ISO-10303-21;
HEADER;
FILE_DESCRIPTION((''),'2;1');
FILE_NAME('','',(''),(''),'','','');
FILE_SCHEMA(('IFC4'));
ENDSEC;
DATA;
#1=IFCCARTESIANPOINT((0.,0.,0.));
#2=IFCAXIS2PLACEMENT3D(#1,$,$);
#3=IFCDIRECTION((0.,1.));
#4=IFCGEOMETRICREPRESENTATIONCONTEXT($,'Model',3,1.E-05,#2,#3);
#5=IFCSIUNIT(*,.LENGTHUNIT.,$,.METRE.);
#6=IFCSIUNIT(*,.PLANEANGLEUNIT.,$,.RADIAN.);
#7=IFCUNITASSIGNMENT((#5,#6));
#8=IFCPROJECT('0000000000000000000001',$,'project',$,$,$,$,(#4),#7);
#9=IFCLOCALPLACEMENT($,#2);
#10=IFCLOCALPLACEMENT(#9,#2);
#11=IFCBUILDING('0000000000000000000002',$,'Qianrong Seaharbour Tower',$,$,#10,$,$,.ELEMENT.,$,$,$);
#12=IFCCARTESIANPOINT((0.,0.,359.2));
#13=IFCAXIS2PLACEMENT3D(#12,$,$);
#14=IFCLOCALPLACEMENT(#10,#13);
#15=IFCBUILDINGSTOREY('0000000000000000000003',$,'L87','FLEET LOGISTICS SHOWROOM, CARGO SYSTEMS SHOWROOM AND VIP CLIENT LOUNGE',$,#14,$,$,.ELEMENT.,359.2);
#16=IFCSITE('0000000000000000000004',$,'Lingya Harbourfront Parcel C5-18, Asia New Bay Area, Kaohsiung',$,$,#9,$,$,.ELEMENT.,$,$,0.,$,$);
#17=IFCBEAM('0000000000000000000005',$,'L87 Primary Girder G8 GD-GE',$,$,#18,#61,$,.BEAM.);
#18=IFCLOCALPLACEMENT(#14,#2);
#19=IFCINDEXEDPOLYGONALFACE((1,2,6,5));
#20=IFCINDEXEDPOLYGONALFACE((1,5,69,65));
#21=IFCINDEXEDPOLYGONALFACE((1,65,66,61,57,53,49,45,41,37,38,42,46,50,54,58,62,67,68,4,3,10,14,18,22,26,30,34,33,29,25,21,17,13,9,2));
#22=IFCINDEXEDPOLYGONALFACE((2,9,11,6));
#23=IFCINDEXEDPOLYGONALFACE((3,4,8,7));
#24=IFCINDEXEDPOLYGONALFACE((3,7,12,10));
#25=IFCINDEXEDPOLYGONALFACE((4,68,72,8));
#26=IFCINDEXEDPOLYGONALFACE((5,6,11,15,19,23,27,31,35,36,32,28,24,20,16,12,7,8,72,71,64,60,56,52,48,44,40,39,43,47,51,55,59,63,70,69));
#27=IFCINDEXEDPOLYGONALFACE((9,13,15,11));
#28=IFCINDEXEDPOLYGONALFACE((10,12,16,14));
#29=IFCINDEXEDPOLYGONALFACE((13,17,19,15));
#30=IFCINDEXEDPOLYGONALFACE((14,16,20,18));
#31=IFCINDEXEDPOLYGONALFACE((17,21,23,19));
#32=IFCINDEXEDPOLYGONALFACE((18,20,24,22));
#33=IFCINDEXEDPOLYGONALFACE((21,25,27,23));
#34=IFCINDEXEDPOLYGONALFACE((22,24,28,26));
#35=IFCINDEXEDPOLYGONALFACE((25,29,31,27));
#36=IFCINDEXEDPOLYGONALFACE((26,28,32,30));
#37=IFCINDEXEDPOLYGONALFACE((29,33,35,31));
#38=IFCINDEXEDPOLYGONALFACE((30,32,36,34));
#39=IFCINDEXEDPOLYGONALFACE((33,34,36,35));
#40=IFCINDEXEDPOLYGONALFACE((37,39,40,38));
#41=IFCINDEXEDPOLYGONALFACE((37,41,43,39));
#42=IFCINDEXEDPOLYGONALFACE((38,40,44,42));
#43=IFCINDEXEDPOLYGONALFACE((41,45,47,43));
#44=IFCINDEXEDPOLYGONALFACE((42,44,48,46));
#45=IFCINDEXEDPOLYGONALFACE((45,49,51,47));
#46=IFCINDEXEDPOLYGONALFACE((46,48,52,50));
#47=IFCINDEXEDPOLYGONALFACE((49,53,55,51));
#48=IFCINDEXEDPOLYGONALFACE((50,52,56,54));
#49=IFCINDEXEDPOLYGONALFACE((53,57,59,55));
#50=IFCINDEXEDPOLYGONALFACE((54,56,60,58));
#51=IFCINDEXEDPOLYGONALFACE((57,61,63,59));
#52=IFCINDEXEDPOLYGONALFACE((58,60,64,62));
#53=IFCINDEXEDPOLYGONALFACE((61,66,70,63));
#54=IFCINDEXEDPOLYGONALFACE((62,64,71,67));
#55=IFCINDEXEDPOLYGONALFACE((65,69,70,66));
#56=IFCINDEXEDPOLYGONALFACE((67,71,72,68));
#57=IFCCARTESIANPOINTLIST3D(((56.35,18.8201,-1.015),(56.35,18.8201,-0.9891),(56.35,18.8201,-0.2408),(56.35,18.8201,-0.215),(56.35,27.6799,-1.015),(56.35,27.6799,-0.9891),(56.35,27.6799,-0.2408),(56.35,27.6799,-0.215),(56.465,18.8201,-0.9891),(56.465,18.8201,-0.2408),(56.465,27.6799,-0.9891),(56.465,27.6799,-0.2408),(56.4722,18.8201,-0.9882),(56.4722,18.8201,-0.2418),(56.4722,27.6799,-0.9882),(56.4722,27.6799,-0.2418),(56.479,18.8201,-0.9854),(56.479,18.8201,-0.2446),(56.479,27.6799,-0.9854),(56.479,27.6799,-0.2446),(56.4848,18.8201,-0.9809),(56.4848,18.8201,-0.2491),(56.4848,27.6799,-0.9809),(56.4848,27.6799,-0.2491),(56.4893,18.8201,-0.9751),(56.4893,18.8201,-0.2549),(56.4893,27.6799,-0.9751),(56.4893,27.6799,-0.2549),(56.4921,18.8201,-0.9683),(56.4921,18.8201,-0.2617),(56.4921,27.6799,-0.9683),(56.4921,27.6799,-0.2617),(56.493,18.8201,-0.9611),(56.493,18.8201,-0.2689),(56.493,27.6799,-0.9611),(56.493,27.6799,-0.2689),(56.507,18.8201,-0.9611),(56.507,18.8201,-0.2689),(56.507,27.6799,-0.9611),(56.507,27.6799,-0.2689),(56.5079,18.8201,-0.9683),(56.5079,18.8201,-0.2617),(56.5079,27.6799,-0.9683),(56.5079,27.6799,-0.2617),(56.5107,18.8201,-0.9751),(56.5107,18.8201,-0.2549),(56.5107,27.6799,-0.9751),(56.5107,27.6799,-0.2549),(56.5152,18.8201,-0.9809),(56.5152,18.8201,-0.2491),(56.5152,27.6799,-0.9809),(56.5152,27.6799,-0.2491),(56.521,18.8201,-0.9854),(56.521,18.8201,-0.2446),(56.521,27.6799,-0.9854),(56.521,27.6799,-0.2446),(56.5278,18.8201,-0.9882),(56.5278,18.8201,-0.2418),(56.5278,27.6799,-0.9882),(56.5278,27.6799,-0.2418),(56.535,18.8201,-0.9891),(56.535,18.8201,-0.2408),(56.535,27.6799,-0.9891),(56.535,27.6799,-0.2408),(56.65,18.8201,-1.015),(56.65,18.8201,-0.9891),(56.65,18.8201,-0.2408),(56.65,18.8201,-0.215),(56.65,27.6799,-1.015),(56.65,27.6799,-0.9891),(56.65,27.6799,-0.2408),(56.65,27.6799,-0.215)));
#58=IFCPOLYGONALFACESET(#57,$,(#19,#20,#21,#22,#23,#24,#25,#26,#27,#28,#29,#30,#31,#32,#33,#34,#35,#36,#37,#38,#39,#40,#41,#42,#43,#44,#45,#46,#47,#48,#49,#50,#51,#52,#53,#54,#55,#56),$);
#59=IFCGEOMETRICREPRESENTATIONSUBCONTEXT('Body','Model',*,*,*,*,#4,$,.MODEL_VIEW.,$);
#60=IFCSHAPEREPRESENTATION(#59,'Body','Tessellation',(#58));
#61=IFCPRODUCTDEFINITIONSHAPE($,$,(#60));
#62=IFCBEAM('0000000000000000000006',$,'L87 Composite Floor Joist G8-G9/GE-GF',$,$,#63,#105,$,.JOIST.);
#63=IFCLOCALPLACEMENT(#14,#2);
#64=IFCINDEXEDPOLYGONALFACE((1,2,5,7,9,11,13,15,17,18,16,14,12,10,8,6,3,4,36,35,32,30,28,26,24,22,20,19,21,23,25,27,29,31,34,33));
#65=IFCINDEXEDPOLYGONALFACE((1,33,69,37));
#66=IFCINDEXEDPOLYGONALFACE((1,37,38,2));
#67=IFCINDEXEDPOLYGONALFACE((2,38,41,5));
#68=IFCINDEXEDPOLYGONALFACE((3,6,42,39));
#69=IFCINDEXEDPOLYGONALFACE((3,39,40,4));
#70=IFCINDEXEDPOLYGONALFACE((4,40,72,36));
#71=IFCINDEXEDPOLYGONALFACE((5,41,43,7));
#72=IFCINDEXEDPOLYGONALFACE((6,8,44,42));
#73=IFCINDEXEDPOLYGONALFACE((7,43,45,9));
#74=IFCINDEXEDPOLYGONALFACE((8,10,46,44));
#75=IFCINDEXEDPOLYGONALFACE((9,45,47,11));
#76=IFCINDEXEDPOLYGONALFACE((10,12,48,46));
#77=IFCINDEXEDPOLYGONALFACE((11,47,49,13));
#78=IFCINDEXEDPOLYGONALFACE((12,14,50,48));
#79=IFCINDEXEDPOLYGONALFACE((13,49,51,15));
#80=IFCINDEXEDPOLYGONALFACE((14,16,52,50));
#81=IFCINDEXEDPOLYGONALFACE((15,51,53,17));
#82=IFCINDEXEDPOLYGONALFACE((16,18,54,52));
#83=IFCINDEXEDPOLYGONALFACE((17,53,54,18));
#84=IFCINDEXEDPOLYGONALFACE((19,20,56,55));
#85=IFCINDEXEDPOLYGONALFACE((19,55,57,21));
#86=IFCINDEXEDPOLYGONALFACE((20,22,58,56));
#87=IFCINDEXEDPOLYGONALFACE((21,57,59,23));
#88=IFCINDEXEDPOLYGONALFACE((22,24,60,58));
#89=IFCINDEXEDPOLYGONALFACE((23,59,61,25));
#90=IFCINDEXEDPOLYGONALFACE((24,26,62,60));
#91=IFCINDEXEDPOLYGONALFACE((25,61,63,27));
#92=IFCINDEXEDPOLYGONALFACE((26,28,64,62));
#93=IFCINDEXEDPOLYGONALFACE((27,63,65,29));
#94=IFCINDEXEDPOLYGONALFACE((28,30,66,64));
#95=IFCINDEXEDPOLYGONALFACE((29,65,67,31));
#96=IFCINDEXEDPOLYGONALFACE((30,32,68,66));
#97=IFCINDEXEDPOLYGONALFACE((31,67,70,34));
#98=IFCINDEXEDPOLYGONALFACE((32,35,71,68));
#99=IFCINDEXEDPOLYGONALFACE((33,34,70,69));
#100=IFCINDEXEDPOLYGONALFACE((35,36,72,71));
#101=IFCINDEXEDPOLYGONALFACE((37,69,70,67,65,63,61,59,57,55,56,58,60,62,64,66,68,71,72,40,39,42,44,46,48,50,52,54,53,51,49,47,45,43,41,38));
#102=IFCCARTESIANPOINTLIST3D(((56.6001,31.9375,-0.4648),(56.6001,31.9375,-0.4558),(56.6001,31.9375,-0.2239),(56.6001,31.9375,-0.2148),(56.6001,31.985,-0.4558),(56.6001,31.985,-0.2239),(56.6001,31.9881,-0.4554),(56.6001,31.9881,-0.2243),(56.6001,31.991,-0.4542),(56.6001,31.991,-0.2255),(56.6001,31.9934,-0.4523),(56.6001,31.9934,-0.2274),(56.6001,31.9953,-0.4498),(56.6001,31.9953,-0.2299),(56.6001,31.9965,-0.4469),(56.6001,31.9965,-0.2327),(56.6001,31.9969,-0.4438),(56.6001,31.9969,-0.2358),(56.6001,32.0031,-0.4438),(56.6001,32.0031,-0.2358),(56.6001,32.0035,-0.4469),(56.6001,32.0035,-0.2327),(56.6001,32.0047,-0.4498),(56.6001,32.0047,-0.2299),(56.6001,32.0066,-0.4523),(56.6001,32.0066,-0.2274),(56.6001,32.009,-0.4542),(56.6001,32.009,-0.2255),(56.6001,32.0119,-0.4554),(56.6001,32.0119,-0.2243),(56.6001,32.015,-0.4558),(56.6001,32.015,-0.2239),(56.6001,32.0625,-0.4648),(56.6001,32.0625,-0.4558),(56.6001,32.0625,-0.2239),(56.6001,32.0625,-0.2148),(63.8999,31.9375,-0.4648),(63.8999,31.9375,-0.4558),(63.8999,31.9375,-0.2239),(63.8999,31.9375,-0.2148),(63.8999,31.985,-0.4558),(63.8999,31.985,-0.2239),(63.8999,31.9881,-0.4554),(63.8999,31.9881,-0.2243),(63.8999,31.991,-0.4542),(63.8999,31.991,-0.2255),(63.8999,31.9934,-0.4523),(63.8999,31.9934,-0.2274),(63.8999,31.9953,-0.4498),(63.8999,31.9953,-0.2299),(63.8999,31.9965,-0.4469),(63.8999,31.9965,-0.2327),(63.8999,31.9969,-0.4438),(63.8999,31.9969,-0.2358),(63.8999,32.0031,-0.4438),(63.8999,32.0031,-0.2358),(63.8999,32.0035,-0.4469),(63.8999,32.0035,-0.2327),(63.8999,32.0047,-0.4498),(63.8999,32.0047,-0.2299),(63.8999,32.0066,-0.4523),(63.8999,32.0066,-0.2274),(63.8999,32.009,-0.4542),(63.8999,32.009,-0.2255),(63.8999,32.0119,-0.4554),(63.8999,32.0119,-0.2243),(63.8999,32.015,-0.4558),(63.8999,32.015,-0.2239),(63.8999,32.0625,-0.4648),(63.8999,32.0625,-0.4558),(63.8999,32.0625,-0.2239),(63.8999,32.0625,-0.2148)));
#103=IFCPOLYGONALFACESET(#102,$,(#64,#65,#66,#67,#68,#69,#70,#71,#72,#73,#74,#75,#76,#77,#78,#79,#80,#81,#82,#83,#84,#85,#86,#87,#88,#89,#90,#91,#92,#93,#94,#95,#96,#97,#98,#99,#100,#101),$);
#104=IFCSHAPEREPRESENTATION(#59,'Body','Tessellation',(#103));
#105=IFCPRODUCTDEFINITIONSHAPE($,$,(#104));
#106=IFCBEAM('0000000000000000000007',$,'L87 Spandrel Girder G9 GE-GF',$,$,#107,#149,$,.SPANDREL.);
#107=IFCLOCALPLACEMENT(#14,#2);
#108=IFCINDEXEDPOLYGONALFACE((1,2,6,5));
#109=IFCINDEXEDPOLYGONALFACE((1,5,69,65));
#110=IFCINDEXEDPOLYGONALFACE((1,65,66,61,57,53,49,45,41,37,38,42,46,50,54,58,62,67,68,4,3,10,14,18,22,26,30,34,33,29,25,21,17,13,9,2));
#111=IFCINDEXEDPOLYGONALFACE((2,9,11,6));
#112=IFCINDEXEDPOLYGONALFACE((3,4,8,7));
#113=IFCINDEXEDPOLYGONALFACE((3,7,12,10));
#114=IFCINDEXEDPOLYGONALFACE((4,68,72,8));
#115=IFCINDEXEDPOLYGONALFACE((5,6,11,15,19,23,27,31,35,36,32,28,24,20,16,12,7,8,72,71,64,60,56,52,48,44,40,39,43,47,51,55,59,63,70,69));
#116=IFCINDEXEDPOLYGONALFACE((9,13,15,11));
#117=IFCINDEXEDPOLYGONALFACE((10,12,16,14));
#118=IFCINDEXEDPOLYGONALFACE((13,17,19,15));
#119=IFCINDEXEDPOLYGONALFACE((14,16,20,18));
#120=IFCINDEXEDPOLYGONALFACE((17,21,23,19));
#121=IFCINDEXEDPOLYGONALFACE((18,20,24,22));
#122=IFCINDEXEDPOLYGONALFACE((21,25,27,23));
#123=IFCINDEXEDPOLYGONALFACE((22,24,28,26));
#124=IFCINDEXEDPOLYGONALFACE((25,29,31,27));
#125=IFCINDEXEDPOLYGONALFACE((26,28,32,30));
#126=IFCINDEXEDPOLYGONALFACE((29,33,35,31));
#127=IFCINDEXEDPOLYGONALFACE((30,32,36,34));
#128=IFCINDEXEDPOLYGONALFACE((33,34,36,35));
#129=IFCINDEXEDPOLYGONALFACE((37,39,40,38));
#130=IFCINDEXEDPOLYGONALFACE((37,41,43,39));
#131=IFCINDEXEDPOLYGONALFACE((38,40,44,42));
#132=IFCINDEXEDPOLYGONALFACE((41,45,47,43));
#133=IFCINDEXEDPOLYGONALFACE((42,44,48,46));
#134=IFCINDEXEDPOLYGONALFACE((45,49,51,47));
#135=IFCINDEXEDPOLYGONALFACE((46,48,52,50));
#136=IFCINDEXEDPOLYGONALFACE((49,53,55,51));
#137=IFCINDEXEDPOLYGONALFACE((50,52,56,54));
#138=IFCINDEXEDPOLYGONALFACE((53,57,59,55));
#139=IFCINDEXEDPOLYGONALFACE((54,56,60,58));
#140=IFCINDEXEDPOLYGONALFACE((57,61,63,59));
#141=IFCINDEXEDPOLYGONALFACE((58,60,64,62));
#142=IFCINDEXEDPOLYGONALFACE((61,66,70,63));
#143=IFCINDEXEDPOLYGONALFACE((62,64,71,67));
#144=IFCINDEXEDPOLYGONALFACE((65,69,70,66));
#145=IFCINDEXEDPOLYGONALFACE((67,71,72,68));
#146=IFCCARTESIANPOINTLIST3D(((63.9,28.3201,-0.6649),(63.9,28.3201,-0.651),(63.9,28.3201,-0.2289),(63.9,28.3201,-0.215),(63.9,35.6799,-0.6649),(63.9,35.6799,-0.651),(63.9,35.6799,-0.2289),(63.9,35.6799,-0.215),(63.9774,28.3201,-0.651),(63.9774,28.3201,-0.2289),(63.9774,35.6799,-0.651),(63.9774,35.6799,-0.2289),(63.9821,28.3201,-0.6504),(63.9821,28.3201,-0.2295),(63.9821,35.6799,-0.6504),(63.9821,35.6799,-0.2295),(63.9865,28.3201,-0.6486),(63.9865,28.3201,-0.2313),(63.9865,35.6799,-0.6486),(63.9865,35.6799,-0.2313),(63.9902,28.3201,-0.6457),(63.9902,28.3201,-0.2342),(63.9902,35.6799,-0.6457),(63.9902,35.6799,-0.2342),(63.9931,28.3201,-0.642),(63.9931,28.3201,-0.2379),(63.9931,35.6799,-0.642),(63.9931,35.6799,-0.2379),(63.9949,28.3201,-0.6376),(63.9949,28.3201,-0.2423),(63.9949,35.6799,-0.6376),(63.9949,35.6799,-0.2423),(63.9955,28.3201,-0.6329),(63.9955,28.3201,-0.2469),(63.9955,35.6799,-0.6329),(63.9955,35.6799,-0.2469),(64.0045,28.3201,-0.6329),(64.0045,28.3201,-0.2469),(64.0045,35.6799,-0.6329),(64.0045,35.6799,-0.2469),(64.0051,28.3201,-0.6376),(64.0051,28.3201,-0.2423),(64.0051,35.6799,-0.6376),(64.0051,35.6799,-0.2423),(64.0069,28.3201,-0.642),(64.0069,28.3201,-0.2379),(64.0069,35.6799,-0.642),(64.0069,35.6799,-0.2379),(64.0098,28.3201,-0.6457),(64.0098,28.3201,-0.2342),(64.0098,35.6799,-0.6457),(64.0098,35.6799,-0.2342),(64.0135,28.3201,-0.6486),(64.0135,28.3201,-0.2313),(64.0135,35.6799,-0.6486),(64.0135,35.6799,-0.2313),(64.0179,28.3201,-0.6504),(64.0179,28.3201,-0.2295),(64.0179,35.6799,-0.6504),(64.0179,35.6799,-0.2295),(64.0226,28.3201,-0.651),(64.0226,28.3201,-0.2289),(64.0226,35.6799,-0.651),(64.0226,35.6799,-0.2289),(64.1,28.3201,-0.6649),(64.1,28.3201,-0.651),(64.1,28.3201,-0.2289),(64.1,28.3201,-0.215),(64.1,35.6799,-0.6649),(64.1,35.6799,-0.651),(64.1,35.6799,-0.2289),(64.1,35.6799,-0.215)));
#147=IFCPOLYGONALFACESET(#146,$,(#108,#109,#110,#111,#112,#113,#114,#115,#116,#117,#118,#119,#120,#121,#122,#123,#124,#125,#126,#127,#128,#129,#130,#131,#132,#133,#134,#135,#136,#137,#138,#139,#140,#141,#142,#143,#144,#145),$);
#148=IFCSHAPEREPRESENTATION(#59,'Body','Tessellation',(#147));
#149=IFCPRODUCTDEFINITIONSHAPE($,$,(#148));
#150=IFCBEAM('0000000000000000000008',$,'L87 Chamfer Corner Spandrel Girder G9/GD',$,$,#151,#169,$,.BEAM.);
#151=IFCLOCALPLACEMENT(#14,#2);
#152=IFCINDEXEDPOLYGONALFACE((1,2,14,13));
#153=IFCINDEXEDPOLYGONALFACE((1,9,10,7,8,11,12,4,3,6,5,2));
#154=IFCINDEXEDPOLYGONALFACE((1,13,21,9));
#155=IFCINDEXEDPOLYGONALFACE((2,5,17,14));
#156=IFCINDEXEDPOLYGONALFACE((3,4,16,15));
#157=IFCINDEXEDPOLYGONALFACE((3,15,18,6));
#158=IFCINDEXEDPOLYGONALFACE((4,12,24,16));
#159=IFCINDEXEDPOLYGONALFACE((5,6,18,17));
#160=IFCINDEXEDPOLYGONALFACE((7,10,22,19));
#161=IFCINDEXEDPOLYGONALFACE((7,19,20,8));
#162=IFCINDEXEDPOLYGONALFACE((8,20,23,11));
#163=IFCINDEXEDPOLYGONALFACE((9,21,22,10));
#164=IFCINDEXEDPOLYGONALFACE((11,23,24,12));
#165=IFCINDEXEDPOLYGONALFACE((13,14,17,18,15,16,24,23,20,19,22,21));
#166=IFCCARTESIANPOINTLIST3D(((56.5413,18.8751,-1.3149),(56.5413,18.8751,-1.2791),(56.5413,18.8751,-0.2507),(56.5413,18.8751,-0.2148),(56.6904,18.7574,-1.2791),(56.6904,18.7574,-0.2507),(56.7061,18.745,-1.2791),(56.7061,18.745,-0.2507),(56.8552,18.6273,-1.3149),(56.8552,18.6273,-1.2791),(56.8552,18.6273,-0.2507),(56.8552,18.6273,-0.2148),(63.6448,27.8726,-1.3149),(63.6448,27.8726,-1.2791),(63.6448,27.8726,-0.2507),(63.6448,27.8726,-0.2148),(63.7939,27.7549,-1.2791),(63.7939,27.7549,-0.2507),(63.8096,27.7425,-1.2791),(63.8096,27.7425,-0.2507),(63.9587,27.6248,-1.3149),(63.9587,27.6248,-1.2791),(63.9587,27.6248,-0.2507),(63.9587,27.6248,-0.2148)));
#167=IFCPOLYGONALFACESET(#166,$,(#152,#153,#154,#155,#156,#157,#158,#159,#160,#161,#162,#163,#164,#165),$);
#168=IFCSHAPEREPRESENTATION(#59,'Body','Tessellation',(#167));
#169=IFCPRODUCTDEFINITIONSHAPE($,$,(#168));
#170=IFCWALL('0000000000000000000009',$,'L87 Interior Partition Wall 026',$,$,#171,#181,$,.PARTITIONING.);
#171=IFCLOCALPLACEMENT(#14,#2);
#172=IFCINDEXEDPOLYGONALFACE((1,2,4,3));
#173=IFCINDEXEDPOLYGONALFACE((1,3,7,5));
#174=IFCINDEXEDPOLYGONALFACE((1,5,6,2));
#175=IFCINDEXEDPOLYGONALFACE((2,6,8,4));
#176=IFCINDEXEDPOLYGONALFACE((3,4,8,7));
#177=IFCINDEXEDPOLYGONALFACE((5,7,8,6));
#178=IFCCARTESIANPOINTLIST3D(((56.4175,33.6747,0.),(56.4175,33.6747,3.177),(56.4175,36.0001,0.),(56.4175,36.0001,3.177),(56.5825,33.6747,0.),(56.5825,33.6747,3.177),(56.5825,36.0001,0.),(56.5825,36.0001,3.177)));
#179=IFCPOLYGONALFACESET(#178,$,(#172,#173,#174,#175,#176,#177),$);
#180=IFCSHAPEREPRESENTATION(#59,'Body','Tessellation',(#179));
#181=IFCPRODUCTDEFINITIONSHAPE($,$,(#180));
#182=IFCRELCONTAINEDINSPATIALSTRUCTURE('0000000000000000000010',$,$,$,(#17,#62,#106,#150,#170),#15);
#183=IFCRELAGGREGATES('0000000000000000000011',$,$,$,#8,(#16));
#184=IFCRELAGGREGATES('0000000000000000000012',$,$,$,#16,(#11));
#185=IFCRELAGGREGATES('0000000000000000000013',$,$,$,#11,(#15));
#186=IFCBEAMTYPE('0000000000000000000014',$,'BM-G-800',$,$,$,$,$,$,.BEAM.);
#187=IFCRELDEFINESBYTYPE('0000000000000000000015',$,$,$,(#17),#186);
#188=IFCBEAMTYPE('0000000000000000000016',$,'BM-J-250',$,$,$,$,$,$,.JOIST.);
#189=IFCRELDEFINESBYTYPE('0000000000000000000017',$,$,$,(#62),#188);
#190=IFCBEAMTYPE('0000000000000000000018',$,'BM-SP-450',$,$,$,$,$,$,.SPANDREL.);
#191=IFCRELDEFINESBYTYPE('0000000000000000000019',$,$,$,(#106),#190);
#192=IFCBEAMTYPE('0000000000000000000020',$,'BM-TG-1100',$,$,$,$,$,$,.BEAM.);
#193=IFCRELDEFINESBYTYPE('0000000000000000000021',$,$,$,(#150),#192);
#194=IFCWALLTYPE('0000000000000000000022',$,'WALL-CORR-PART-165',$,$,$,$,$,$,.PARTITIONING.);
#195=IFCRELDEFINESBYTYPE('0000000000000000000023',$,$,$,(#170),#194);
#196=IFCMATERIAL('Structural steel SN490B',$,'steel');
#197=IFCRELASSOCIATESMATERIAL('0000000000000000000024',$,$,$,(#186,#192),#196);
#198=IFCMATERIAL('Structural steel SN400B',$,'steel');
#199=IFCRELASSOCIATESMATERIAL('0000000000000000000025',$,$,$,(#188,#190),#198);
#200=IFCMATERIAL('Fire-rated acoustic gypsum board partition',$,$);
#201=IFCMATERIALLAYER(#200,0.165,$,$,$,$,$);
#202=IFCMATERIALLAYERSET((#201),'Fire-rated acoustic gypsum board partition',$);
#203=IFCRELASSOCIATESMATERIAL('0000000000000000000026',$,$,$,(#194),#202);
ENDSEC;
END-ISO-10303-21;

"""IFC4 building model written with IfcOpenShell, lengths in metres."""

from ifc_helpers import new_model, si_unit, direction, frame, frame_2d, origin, origin_2d, place, context, subcontext, project, spatial, rectangle, i_section, extrude, material, layer, layer_set, material_profile, profile_set, type_object, element, save


model = new_model("IFC4")

# Units and contexts
model_context = context("Model", 3, precision=1e-05, world=origin(), true_north=direction((0.0, 1.0)))
body_context = subcontext(model_context, "Body", "Model", "MODEL_VIEW")
ifc_project = project(units=[si_unit("LENGTHUNIT", "METRE"), si_unit("PLANEANGLEUNIT", "RADIAN")], contexts=[model_context])

# Site, building, storey
site_placement = place(None, origin())
site = spatial("IfcSite", under=ifc_project, at=site_placement, Name="Lingya Harbourfront Parcel C5-18, Asia New Bay Area, Kaohsiung", CompositionType="ELEMENT", RefElevation=0.0)
building_placement = place(site_placement, origin())
building = spatial("IfcBuilding", under=site, at=building_placement, Name="Qianrong Seaharbour Tower", CompositionType="ELEMENT")
storey_placement = place(building_placement, frame((0.0, 0.0, 359.2)))
storey = spatial("IfcBuildingStorey", under=building, at=storey_placement, Name="L87", Description="FLEET LOGISTICS SHOWROOM, CARGO SYSTEMS SHOWROOM AND VIP CLIENT LOUNGE", CompositionType="ELEMENT", Elevation=359.2)

# Shared definitions
ifc_material_1 = material(Name="Structural steel SN490B", Category="steel")
ifc_material_2 = material(Name="Structural steel SN400B", Category="steel")

# Beams
ifc_material_profile_1 = material_profile(ifc_material_1, i_section(OverallWidth=0.3, OverallDepth=0.8, WebThickness=0.0139, FlangeThickness=0.0259, FilletRadius=0.0281, at=origin_2d()), Name="H800x300x14x26")
ifc_profile_set_1 = profile_set([ifc_material_profile_1], Name="Structural steel SN490B")
beam_type_1 = type_object("IfcBeamType", Name="BM-G-800", PredefinedType="BEAM", material=ifc_profile_set_1)
beam_1_placement = place(storey_placement, frame((56.5, 18.8201, -0.615), z_axis=(0.0, 1.0, 0.0), x_axis=(-1.0, 0.0, 0.0)))
element("IfcBeam", 1, at=beam_1_placement, inside=storey, type_object=beam_type_1, Name="L87 Primary Girder G8 GD-GE", PredefinedType="BEAM", context=body_context, shape_type="SweptSolid", body=[
    extrude(i_section(OverallWidth=0.3, OverallDepth=0.8, WebThickness=0.0139, FlangeThickness=0.0259, FilletRadius=0.0281, at=origin_2d()), origin(), (0.0, 0.0, 1.0), 8.8599),
])
ifc_material_profile_2 = material_profile(ifc_material_2, i_section(OverallWidth=0.125, OverallDepth=0.25, WebThickness=0.0061, FlangeThickness=0.009, FilletRadius=0.012, at=origin_2d()), Name="H250x125x6x9")
ifc_profile_set_2 = profile_set([ifc_material_profile_2], Name="Structural steel SN400B")
beam_type_2 = type_object("IfcBeamType", Name="BM-J-250", PredefinedType="JOIST", material=ifc_profile_set_2)
beam_2_placement = place(storey_placement, frame((56.6001, 32.0, -0.3398), z_axis=(1.0, 0.0, 0.0), x_axis=(0.0, 1.0, 0.0)))
element("IfcBeam", 2, at=beam_2_placement, inside=storey, type_object=beam_type_2, Name="L87 Composite Floor Joist G8-G9/GE-GF", PredefinedType="JOIST", context=body_context, shape_type="SweptSolid", body=[
    extrude(i_section(OverallWidth=0.125, OverallDepth=0.25, WebThickness=0.0061, FlangeThickness=0.009, FilletRadius=0.012, at=origin_2d()), origin(), (0.0, 0.0, 1.0), 7.2998),
])
ifc_material_profile_3 = material_profile(ifc_material_2, i_section(OverallWidth=0.2, OverallDepth=0.45, WebThickness=0.009, FlangeThickness=0.0139, FilletRadius=0.0181, at=origin_2d()), Name="H450x200x9x14")
ifc_profile_set_3 = profile_set([ifc_material_profile_3], Name="Structural steel SN400B")
beam_type_3 = type_object("IfcBeamType", Name="BM-SP-450", PredefinedType="SPANDREL", material=ifc_profile_set_3)
beam_3_placement = place(storey_placement, frame((64.0, 28.3201, -0.4399), z_axis=(0.0, 1.0, 0.0), x_axis=(-1.0, 0.0, 0.0)))
element("IfcBeam", 3, at=beam_3_placement, inside=storey, type_object=beam_type_3, Name="L87 Spandrel Girder G9 GE-GF", PredefinedType="SPANDREL", context=body_context, shape_type="SweptSolid", body=[
    extrude(i_section(OverallWidth=0.2, OverallDepth=0.45, WebThickness=0.009, FlangeThickness=0.0139, FilletRadius=0.0181, at=origin_2d()), origin(), (0.0, 0.0, 1.0), 7.3599),
])
ifc_material_profile_4 = material_profile(ifc_material_1, i_section(OverallWidth=0.3999, OverallDepth=1.1001, WebThickness=0.02, FlangeThickness=0.0359, at=origin_2d()), Name="BH1100x400x20x36")
ifc_profile_set_4 = profile_set([ifc_material_profile_4], Name="Structural steel SN490B")
beam_type_4 = type_object("IfcBeamType", Name="BM-TG-1100", PredefinedType="BEAM", material=ifc_profile_set_4)
beam_4_placement = place(storey_placement, frame((56.6982, 18.7512, -0.7649), z_axis=(0.619654, 0.784875, 0.0), x_axis=(-0.784875, 0.619654, 0.0)))
element("IfcBeam", 4, at=beam_4_placement, inside=storey, type_object=beam_type_4, Name="L87 Chamfer Corner Spandrel Girder G9/GD", PredefinedType="BEAM", context=body_context, shape_type="SweptSolid", body=[
    extrude(i_section(OverallWidth=0.3999, OverallDepth=1.1001, WebThickness=0.02, FlangeThickness=0.0359, at=origin_2d()), origin(), (0.0, 0.0, 1.0), 11.4636),
])

# Wall
ifc_material_3 = material(Name="Fire-rated acoustic gypsum board partition")
ifc_layer_1 = layer(ifc_material_3, 0.165)
ifc_layer_set_1 = layer_set([ifc_layer_1], Name="Fire-rated acoustic gypsum board partition")
wall_type_1 = type_object("IfcWallType", Name="WALL-CORR-PART-165", PredefinedType="PARTITIONING", material=ifc_layer_set_1)
wall_1_placement = place(storey_placement, frame((56.5, 36.0, 0.0), z_axis=(0.0, 0.0, 1.0), x_axis=(0.0, -1.0, 0.0)))
element("IfcWall", 5, at=wall_1_placement, inside=storey, type_object=wall_type_1, Name="L87 Interior Partition Wall 026", PredefinedType="PARTITIONING", context=body_context, shape_type="SweptSolid", body=[
    extrude(rectangle(XDim=2.3254, YDim=0.165, at=frame_2d((1.1626, 0.0))), origin(), (0.0, 0.0, 1.0), 3.177),
])

save(model, "model.ifc")
